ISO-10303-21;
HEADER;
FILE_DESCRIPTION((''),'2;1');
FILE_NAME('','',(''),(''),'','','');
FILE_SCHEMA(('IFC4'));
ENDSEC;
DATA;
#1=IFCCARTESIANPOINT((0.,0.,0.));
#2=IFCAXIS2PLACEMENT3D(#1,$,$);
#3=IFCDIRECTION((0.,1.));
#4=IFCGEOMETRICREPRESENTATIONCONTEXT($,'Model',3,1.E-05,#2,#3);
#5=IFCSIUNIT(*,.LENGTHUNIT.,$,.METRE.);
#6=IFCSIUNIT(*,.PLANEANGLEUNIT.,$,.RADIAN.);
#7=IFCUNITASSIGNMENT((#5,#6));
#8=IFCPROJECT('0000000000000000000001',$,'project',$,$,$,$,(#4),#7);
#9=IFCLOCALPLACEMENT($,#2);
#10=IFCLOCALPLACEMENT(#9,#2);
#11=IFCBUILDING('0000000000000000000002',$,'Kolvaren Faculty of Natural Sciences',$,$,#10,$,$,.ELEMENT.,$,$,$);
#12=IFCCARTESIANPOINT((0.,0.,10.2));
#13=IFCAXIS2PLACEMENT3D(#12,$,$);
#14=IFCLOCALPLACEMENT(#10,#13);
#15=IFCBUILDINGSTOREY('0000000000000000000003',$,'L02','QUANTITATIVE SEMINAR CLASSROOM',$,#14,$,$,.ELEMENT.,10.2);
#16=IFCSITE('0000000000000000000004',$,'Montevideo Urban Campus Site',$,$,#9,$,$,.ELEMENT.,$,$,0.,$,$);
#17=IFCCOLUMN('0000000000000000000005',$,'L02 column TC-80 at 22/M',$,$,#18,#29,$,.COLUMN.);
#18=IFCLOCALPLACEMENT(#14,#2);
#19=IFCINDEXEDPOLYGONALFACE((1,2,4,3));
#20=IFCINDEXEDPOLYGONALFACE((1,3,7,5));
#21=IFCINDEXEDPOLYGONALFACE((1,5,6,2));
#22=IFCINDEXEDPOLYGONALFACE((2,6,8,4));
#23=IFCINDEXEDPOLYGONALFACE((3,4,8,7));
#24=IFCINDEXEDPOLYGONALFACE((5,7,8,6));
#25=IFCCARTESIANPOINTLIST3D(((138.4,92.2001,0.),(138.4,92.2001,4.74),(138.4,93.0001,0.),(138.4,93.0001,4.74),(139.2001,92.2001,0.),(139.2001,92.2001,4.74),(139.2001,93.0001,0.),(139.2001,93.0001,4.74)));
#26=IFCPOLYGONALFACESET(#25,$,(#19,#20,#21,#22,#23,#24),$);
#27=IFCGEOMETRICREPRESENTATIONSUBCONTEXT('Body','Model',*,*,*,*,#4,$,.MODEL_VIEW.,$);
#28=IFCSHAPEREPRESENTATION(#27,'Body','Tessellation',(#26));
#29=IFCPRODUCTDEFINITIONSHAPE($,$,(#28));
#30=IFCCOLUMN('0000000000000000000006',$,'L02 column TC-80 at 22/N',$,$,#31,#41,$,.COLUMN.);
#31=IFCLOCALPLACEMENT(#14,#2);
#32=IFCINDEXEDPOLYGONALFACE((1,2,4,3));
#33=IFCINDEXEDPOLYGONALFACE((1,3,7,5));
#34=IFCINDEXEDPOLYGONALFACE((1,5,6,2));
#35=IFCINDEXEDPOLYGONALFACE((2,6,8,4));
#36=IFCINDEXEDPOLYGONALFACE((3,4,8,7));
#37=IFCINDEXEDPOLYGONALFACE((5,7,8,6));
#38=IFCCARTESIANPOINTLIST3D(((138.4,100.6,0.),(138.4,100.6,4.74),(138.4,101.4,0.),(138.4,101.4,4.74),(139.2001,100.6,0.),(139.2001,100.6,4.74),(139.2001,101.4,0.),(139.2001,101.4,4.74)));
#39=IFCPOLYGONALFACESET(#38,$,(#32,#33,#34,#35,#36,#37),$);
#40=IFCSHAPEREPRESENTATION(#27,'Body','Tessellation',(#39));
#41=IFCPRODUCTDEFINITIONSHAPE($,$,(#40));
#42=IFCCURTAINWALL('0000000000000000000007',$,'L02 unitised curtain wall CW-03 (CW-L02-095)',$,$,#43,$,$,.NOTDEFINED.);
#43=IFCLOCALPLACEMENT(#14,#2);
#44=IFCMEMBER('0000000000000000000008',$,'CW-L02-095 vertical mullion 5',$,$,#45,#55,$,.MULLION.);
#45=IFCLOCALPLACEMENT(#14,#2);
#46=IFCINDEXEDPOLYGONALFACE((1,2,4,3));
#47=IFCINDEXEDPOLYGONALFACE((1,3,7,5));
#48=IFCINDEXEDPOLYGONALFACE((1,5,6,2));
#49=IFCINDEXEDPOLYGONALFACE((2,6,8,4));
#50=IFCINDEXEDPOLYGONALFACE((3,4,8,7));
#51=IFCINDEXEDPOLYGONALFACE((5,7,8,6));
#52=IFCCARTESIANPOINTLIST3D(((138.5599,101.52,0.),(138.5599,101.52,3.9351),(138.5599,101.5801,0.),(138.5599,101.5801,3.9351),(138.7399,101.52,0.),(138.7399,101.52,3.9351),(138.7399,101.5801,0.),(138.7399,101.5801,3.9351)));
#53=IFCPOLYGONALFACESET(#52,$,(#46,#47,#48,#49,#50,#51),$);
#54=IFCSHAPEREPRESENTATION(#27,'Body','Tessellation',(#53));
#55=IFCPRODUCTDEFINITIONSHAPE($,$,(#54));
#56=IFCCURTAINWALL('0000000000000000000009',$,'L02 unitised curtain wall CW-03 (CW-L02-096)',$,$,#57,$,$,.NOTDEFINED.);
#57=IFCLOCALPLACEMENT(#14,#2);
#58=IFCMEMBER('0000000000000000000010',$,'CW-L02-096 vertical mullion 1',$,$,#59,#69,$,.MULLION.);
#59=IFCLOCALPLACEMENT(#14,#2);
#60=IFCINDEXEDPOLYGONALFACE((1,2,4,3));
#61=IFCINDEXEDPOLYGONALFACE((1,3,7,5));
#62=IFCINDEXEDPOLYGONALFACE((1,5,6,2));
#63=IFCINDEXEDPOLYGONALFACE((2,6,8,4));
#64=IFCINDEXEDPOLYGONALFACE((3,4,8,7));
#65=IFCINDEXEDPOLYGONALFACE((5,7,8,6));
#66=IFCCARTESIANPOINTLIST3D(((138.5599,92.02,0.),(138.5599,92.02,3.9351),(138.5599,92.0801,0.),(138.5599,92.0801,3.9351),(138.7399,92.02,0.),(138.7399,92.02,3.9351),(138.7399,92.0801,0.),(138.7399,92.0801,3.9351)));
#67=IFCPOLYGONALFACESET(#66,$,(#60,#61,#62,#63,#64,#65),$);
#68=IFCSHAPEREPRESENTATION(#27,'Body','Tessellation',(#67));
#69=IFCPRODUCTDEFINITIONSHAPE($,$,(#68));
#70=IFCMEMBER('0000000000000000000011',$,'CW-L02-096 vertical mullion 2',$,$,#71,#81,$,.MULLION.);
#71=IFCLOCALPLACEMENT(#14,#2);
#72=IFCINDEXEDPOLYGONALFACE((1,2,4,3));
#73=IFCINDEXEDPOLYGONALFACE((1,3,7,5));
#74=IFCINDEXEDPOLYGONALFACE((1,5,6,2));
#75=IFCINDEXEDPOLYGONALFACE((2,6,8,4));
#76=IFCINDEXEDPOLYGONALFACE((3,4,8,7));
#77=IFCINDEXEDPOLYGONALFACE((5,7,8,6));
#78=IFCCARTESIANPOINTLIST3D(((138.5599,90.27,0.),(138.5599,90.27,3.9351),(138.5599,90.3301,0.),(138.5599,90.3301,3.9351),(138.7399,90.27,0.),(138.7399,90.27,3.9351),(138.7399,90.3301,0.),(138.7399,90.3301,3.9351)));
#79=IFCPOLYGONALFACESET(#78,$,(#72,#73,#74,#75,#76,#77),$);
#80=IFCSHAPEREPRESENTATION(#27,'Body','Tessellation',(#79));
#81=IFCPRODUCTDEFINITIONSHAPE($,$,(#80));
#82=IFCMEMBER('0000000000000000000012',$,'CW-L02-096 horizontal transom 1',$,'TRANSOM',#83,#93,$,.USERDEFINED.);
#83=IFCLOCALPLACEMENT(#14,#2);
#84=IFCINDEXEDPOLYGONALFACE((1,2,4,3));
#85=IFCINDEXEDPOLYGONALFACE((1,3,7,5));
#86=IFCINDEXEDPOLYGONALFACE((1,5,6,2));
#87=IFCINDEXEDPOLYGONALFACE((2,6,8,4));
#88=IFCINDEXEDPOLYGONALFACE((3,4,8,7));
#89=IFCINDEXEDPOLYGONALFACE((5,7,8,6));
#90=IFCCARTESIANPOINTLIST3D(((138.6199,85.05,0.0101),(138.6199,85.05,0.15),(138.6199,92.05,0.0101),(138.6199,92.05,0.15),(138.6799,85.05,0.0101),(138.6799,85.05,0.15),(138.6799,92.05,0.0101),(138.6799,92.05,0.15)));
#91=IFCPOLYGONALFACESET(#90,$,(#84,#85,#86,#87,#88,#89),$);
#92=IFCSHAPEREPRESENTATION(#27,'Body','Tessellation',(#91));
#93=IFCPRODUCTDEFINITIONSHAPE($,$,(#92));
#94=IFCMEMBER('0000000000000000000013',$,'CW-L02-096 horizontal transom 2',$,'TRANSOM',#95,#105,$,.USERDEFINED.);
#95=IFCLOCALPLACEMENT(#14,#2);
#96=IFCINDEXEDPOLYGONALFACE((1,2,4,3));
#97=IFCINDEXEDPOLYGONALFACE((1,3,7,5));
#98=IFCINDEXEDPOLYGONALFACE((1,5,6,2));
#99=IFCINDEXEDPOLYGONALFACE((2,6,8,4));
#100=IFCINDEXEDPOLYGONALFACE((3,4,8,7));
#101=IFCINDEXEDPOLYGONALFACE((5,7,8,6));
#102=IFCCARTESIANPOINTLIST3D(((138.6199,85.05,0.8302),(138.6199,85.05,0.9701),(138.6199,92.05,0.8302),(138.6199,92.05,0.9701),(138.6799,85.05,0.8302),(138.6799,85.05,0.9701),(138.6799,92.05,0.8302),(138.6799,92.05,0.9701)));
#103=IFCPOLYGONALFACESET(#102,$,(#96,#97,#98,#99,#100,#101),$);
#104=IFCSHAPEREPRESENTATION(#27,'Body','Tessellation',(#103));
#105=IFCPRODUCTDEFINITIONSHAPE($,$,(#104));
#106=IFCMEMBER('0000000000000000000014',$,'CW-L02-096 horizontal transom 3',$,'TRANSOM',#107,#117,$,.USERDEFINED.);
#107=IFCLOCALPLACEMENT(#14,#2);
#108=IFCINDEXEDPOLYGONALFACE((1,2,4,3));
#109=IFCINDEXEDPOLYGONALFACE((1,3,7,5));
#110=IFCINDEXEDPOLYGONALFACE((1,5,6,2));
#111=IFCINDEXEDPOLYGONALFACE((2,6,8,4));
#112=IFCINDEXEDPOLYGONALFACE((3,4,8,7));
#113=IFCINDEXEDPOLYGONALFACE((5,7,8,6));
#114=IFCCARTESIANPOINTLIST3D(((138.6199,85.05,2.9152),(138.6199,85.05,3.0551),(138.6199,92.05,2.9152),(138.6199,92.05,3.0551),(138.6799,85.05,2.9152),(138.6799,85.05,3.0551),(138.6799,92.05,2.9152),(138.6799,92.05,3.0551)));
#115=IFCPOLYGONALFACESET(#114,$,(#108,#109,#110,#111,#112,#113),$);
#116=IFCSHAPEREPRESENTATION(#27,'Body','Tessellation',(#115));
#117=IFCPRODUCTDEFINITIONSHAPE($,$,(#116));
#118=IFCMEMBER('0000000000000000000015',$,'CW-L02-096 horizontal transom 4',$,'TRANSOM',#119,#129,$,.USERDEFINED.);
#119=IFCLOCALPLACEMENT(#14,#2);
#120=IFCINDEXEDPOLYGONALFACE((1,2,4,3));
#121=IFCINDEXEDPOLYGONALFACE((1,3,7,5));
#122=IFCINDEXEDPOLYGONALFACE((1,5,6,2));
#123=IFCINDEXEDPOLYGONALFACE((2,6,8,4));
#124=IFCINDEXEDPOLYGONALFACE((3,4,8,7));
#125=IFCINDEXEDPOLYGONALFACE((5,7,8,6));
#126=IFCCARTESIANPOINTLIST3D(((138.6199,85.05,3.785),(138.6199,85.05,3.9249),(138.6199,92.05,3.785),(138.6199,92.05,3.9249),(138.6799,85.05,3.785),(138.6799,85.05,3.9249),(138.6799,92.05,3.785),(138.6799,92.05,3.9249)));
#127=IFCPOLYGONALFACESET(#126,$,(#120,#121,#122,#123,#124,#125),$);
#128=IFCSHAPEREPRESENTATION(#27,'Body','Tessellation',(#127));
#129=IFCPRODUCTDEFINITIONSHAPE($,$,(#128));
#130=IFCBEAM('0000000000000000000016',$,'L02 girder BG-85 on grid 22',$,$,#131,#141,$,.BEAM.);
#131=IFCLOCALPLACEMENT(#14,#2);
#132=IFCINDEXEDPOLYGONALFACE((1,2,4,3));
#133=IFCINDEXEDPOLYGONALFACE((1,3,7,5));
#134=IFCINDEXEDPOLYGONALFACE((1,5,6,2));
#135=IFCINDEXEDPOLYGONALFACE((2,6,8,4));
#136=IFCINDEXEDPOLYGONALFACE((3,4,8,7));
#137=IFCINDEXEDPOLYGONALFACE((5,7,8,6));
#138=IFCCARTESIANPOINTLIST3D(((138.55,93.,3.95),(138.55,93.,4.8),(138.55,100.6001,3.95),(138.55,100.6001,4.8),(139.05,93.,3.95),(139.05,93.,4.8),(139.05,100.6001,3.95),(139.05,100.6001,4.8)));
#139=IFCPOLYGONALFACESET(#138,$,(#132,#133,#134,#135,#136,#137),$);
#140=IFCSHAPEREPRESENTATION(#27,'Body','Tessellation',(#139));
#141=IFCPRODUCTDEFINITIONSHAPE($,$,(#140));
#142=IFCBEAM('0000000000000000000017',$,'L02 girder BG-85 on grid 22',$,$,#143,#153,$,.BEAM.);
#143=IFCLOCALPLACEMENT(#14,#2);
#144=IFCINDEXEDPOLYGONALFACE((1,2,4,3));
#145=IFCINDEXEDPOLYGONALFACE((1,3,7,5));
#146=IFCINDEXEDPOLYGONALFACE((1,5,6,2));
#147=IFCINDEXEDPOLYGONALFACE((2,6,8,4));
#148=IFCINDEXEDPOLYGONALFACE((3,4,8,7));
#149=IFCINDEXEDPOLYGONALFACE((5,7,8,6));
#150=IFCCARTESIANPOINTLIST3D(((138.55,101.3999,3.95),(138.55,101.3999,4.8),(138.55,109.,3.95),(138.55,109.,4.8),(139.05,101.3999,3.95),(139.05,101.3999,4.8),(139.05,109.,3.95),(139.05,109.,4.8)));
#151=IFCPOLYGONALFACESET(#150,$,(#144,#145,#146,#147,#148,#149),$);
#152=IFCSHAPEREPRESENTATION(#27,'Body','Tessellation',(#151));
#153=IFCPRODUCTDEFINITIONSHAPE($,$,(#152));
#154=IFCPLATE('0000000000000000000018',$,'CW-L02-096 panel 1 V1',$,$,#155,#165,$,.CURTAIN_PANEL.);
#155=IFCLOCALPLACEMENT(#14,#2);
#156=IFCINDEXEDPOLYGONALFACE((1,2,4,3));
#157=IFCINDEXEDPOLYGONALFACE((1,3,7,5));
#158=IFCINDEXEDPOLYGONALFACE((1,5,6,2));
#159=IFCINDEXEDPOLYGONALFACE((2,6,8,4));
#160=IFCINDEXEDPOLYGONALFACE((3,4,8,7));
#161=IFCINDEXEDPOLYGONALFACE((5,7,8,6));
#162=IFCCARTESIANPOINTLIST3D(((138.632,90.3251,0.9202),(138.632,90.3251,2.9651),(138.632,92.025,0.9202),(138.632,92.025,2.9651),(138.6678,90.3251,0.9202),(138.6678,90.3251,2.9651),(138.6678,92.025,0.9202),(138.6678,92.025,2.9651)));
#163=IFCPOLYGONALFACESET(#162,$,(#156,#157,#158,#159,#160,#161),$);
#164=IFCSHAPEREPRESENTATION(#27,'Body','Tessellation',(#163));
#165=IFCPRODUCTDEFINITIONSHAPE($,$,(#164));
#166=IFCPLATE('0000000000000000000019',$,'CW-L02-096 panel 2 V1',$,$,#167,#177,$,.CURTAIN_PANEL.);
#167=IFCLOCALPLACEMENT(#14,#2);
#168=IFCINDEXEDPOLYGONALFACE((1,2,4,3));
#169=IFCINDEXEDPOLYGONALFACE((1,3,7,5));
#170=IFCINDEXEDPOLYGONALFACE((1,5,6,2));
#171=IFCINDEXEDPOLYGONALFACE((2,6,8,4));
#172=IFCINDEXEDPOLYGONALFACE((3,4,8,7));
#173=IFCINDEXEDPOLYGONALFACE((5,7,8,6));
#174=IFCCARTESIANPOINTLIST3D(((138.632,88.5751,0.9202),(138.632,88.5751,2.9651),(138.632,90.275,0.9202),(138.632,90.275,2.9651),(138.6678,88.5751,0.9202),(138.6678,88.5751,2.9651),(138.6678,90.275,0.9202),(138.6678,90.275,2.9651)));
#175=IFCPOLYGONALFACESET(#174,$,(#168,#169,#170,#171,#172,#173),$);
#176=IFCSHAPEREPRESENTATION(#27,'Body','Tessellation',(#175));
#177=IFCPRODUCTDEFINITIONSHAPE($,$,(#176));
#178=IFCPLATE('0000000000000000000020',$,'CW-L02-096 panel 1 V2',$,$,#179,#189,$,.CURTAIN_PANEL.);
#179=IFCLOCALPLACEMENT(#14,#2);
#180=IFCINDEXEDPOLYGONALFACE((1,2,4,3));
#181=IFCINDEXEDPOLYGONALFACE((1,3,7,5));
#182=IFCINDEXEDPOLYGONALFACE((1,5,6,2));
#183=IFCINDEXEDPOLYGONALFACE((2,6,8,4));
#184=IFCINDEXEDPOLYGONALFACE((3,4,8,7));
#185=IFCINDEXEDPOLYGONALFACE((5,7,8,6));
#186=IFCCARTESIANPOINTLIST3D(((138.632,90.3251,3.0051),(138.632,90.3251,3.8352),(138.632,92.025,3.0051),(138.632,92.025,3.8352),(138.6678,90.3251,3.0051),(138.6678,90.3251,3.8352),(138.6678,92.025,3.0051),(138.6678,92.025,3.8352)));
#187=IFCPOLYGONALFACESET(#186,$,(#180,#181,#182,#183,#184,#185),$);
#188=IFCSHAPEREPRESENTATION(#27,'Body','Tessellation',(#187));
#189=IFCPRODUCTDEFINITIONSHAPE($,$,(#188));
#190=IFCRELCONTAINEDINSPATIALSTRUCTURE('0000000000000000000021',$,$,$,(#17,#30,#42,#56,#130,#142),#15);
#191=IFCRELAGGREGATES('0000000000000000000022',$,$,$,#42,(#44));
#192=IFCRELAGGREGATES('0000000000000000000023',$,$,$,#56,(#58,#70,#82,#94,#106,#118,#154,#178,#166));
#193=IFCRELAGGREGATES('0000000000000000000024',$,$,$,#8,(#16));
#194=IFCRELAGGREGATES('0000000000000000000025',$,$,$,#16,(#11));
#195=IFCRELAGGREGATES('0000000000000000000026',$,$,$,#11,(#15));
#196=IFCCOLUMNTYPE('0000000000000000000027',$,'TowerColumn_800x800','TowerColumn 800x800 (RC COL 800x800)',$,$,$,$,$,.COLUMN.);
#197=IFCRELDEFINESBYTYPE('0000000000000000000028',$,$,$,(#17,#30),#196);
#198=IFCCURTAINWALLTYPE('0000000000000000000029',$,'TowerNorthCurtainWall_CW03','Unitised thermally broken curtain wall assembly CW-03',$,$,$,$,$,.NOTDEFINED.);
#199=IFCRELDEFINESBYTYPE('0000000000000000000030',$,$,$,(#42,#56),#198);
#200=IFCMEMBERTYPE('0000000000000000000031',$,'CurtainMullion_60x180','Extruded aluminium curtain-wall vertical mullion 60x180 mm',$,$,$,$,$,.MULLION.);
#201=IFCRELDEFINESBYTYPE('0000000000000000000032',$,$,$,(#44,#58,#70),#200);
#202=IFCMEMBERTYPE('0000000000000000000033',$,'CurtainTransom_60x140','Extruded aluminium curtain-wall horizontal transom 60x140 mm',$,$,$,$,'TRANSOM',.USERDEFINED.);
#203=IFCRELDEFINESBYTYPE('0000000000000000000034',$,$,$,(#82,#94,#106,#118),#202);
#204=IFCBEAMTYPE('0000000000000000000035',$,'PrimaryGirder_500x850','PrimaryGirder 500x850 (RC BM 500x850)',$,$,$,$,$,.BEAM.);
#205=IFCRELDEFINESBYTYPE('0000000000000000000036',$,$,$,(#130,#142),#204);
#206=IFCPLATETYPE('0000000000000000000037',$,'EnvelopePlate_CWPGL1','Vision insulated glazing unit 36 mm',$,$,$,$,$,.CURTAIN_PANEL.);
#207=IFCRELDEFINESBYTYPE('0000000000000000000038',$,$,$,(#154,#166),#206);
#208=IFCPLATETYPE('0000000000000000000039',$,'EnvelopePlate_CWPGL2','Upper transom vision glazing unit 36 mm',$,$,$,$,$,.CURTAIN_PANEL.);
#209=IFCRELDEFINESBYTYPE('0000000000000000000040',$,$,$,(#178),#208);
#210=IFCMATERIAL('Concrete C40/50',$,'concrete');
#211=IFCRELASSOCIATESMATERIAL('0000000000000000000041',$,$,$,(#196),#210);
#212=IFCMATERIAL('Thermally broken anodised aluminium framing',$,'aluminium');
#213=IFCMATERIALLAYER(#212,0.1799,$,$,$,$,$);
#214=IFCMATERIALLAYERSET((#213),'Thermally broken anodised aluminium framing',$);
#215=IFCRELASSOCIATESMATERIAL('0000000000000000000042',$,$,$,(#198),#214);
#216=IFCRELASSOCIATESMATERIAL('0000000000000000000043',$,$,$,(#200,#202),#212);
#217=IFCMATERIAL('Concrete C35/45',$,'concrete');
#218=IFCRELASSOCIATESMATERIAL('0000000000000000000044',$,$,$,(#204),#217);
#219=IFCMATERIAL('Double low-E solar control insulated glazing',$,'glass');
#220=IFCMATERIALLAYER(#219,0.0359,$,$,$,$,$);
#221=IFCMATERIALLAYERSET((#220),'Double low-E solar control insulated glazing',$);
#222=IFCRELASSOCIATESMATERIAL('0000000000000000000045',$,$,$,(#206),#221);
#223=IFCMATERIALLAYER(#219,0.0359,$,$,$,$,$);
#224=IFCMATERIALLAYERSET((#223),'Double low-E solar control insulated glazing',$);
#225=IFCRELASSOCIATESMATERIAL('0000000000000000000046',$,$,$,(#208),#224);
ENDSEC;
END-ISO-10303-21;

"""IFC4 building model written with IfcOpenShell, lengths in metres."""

from ifc_helpers import new_model, si_unit, direction, frame, origin, origin_2d, place, context, subcontext, project, spatial, rectangle, extrude, material, layer, layer_set, material_profile, profile_set, type_object, element, aggregate, save


model = new_model("IFC4")

# Units and contexts
model_context = context("Model", 3, precision=1e-05, world=origin(), true_north=direction((0.0, 1.0)))
body_context = subcontext(model_context, "Body", "Model", "MODEL_VIEW")
ifc_project = project(units=[si_unit("LENGTHUNIT", "METRE"), si_unit("PLANEANGLEUNIT", "RADIAN")], contexts=[model_context])

# Site, building, storey
site_placement = place(None, origin())
site = spatial("IfcSite", under=ifc_project, at=site_placement, Name="Montevideo Urban Campus Site", CompositionType="ELEMENT", RefElevation=0.0)
building_placement = place(site_placement, origin())
building = spatial("IfcBuilding", under=site, at=building_placement, Name="Kolvaren Faculty of Natural Sciences", CompositionType="ELEMENT")
storey_placement = place(building_placement, frame((0.0, 0.0, 10.2)))
storey = spatial("IfcBuildingStorey", under=building, at=storey_placement, Name="L02", Description="QUANTITATIVE SEMINAR CLASSROOM", CompositionType="ELEMENT", Elevation=10.2)

# Columns
ifc_material_1 = material(Name="Concrete C40/50", Category="concrete")
ifc_material_profile_1 = material_profile(ifc_material_1, rectangle(XDim=0.8, YDim=0.8, at=origin_2d()), Name="RC COL 800x800")
ifc_profile_set_1 = profile_set([ifc_material_profile_1], Name="Concrete C40/50")
column_type = type_object("IfcColumnType", Name="TowerColumn_800x800", Description="TowerColumn 800x800 (RC COL 800x800)", PredefinedType="COLUMN", material=ifc_profile_set_1)
for number, where, z_axis, x_axis, name in (
    (1, (138.8, 92.6001, 0.0), (0.0, 0.0, 1.0), (1.0, 0.0, 0.0), "L02 column TC-80 at 22/M"),
    (2, (138.8, 101.0, 0.0), (0.0, 0.0, 1.0), (1.0, 0.0, 0.0), "L02 column TC-80 at 22/N"),
):
    element("IfcColumn", number, at=place(storey_placement, frame(where, z_axis=z_axis, x_axis=x_axis)), inside=storey, type_object=column_type, Name=name, PredefinedType="COLUMN", context=body_context, shape_type="SweptSolid", body=[
        extrude(rectangle(XDim=0.8, YDim=0.8, at=origin_2d()), origin(), (0.0, 0.0, 1.0), 4.74),
    ])

# Curtain wall, member
ifc_material_2 = material(Name="Thermally broken anodised aluminium framing", Category="aluminium")
ifc_layer_1 = layer(ifc_material_2, 0.1799)
ifc_layer_set_1 = layer_set([ifc_layer_1], Name="Thermally broken anodised aluminium framing")
curtain_wall_type = type_object("IfcCurtainWallType", Name="TowerNorthCurtainWall_CW03", Description="Unitised thermally broken curtain wall assembly CW-03", PredefinedType="NOTDEFINED", material=ifc_layer_set_1)
curtain_wall_1_placement = place(storey_placement, origin())
curtain_wall_1 = element("IfcCurtainWall", 3, at=curtain_wall_1_placement, inside=storey, type_object=curtain_wall_type, Name="L02 unitised curtain wall CW-03 (CW-L02-095)", PredefinedType="NOTDEFINED")
ifc_material_profile_2 = material_profile(ifc_material_2, rectangle(XDim=0.0601, YDim=0.1799, at=origin_2d()), Name="ALU MUL 60x180")
ifc_profile_set_2 = profile_set([ifc_material_profile_2], Name="Thermally broken anodised aluminium framing")
member_type_1 = type_object("IfcMemberType", Name="CurtainMullion_60x180", Description="Extruded aluminium curtain-wall vertical mullion 60x180 mm", PredefinedType="MULLION", material=ifc_profile_set_2)
member_1_placement = place(storey_placement, frame((138.6499, 101.55, 0.0), z_axis=(0.0, 0.0, 1.0), x_axis=(0.0, -1.0, 0.0)))
member_1 = element("IfcMember", 4, at=member_1_placement, type_object=member_type_1, Name="CW-L02-095 vertical mullion 5", PredefinedType="MULLION", context=body_context, shape_type="SweptSolid", body=[
    extrude(rectangle(XDim=0.0601, YDim=0.1799, at=origin_2d()), origin(), (0.0, 0.0, 1.0), 3.9351),
])
aggregate(curtain_wall_1, [member_1])

# Curtain wall, members
curtain_wall_2_placement = place(storey_placement, origin())
curtain_wall_2 = element("IfcCurtainWall", 5, at=curtain_wall_2_placement, inside=storey, type_object=curtain_wall_type, Name="L02 unitised curtain wall CW-03 (CW-L02-096)", PredefinedType="NOTDEFINED")
member_2_placement = place(storey_placement, frame((138.6499, 92.05, 0.0), z_axis=(0.0, 0.0, 1.0), x_axis=(0.0, -1.0, 0.0)))
member_2 = element("IfcMember", 6, at=member_2_placement, type_object=member_type_1, Name="CW-L02-096 vertical mullion 1", PredefinedType="MULLION", context=body_context, shape_type="SweptSolid", body=[
    extrude(rectangle(XDim=0.0601, YDim=0.1799, at=origin_2d()), origin(), (0.0, 0.0, 1.0), 3.9351),
])
member_3_placement = place(storey_placement, frame((138.6499, 90.3, 0.0), z_axis=(0.0, 0.0, 1.0), x_axis=(0.0, -1.0, 0.0)))
member_3 = element("IfcMember", 7, at=member_3_placement, type_object=member_type_1, Name="CW-L02-096 vertical mullion 2", PredefinedType="MULLION", context=body_context, shape_type="SweptSolid", body=[
    extrude(rectangle(XDim=0.0601, YDim=0.1799, at=origin_2d()), origin(), (0.0, 0.0, 1.0), 3.9351),
])
ifc_material_profile_3 = material_profile(ifc_material_2, rectangle(XDim=0.0601, YDim=0.1399, at=origin_2d()), Name="ALU TRN 60x140")
ifc_profile_set_3 = profile_set([ifc_material_profile_3], Name="Thermally broken anodised aluminium framing")
member_type_2 = type_object("IfcMemberType", Name="CurtainTransom_60x140", Description="Extruded aluminium curtain-wall horizontal transom 60x140 mm", ElementType="TRANSOM", PredefinedType="USERDEFINED", material=ifc_profile_set_3)
member_4_placement = place(storey_placement, frame((138.6499, 92.05, 0.0801), z_axis=(0.0, -1.0, 0.0), x_axis=(1.0, 0.0, 0.0)))
member_4 = element("IfcMember", 8, at=member_4_placement, type_object=member_type_2, Name="CW-L02-096 horizontal transom 1", ObjectType="TRANSOM", PredefinedType="USERDEFINED", context=body_context, shape_type="SweptSolid", body=[
    extrude(rectangle(XDim=0.0601, YDim=0.1399, at=origin_2d()), origin(), (0.0, 0.0, 1.0), 7.0),
])
member_5_placement = place(storey_placement, frame((138.6499, 92.05, 0.9001), z_axis=(0.0, -1.0, 0.0), x_axis=(1.0, 0.0, 0.0)))
member_5 = element("IfcMember", 9, at=member_5_placement, type_object=member_type_2, Name="CW-L02-096 horizontal transom 2", ObjectType="TRANSOM", PredefinedType="USERDEFINED", context=body_context, shape_type="SweptSolid", body=[
    extrude(rectangle(XDim=0.0601, YDim=0.1399, at=origin_2d()), origin(), (0.0, 0.0, 1.0), 7.0),
])
member_6_placement = place(storey_placement, frame((138.6499, 92.05, 2.9851), z_axis=(0.0, -1.0, 0.0), x_axis=(1.0, 0.0, 0.0)))
member_6 = element("IfcMember", 10, at=member_6_placement, type_object=member_type_2, Name="CW-L02-096 horizontal transom 3", ObjectType="TRANSOM", PredefinedType="USERDEFINED", context=body_context, shape_type="SweptSolid", body=[
    extrude(rectangle(XDim=0.0601, YDim=0.1399, at=origin_2d()), origin(), (0.0, 0.0, 1.0), 7.0),
])
member_7_placement = place(storey_placement, frame((138.6499, 92.05, 3.855), z_axis=(0.0, -1.0, 0.0), x_axis=(1.0, 0.0, 0.0)))
member_7 = element("IfcMember", 11, at=member_7_placement, type_object=member_type_2, Name="CW-L02-096 horizontal transom 4", ObjectType="TRANSOM", PredefinedType="USERDEFINED", context=body_context, shape_type="SweptSolid", body=[
    extrude(rectangle(XDim=0.0601, YDim=0.1399, at=origin_2d()), origin(), (0.0, 0.0, 1.0), 7.0),
])

# Beams
ifc_material_3 = material(Name="Concrete C35/45", Category="concrete")
ifc_material_profile_4 = material_profile(ifc_material_3, rectangle(XDim=0.5, YDim=0.8501, at=origin_2d()), Name="RC BM 500x850")
ifc_profile_set_4 = profile_set([ifc_material_profile_4], Name="Concrete C35/45")
beam_type = type_object("IfcBeamType", Name="PrimaryGirder_500x850", Description="PrimaryGirder 500x850 (RC BM 500x850)", PredefinedType="BEAM", material=ifc_profile_set_4)
for number, where, z_axis, x_axis, name in (
    (12, (138.8, 93.0, 4.375), (0.0, 1.0, 0.0), (-1.0, 0.0, 0.0), "L02 girder BG-85 on grid 22"),
    (13, (138.8, 101.3999, 4.375), (0.0, 1.0, 0.0), (-1.0, 0.0, 0.0), "L02 girder BG-85 on grid 22"),
):
    element("IfcBeam", number, at=place(storey_placement, frame(where, z_axis=z_axis, x_axis=x_axis)), inside=storey, type_object=beam_type, Name=name, PredefinedType="BEAM", context=body_context, shape_type="SweptSolid", body=[
        extrude(rectangle(XDim=0.5, YDim=0.8501, at=origin_2d()), origin(), (0.0, 0.0, 1.0), 7.6001),
    ])

# Plates
ifc_material_4 = material(Name="Double low-E solar control insulated glazing", Category="glass")
ifc_layer_2 = layer(ifc_material_4, 0.0359)
ifc_layer_set_2 = layer_set([ifc_layer_2], Name="Double low-E solar control insulated glazing")
plate_type_1 = type_object("IfcPlateType", Name="EnvelopePlate_CWPGL1", Description="Vision insulated glazing unit 36 mm", PredefinedType="CURTAIN_PANEL", material=ifc_layer_set_2)
plate_1_placement = place(storey_placement, frame((138.6499, 91.175, 0.9202), z_axis=(0.0, 0.0, 1.0), x_axis=(0.0, -1.0, 0.0)))
plate_1 = element("IfcPlate", 14, at=plate_1_placement, type_object=plate_type_1, Name="CW-L02-096 panel 1 V1", PredefinedType="CURTAIN_PANEL", context=body_context, shape_type="SweptSolid", body=[
    extrude(rectangle(XDim=1.7, YDim=0.0359, at=origin_2d()), origin(), (0.0, 0.0, 1.0), 2.0449),
])
plate_2_placement = place(storey_placement, frame((138.6499, 89.425, 0.9202), z_axis=(0.0, 0.0, 1.0), x_axis=(0.0, -1.0, 0.0)))
plate_2 = element("IfcPlate", 15, at=plate_2_placement, type_object=plate_type_1, Name="CW-L02-096 panel 2 V1", PredefinedType="CURTAIN_PANEL", context=body_context, shape_type="SweptSolid", body=[
    extrude(rectangle(XDim=1.7, YDim=0.0359, at=origin_2d()), origin(), (0.0, 0.0, 1.0), 2.0449),
])
ifc_layer_3 = layer(ifc_material_4, 0.0359)
ifc_layer_set_3 = layer_set([ifc_layer_3], Name="Double low-E solar control insulated glazing")
plate_type_2 = type_object("IfcPlateType", Name="EnvelopePlate_CWPGL2", Description="Upper transom vision glazing unit 36 mm", PredefinedType="CURTAIN_PANEL", material=ifc_layer_set_3)
plate_3_placement = place(storey_placement, frame((138.6499, 91.175, 3.0051), z_axis=(0.0, 0.0, 1.0), x_axis=(0.0, -1.0, 0.0)))
plate_3 = element("IfcPlate", 16, at=plate_3_placement, type_object=plate_type_2, Name="CW-L02-096 panel 1 V2", PredefinedType="CURTAIN_PANEL", context=body_context, shape_type="SweptSolid", body=[
    extrude(rectangle(XDim=1.7, YDim=0.0359, at=origin_2d()), origin(), (0.0, 0.0, 1.0), 0.8301),
])
aggregate(curtain_wall_2, [member_2, member_3, member_4, member_5, member_6, member_7, plate_1, plate_3, plate_2])

save(model, "model.ifc")
